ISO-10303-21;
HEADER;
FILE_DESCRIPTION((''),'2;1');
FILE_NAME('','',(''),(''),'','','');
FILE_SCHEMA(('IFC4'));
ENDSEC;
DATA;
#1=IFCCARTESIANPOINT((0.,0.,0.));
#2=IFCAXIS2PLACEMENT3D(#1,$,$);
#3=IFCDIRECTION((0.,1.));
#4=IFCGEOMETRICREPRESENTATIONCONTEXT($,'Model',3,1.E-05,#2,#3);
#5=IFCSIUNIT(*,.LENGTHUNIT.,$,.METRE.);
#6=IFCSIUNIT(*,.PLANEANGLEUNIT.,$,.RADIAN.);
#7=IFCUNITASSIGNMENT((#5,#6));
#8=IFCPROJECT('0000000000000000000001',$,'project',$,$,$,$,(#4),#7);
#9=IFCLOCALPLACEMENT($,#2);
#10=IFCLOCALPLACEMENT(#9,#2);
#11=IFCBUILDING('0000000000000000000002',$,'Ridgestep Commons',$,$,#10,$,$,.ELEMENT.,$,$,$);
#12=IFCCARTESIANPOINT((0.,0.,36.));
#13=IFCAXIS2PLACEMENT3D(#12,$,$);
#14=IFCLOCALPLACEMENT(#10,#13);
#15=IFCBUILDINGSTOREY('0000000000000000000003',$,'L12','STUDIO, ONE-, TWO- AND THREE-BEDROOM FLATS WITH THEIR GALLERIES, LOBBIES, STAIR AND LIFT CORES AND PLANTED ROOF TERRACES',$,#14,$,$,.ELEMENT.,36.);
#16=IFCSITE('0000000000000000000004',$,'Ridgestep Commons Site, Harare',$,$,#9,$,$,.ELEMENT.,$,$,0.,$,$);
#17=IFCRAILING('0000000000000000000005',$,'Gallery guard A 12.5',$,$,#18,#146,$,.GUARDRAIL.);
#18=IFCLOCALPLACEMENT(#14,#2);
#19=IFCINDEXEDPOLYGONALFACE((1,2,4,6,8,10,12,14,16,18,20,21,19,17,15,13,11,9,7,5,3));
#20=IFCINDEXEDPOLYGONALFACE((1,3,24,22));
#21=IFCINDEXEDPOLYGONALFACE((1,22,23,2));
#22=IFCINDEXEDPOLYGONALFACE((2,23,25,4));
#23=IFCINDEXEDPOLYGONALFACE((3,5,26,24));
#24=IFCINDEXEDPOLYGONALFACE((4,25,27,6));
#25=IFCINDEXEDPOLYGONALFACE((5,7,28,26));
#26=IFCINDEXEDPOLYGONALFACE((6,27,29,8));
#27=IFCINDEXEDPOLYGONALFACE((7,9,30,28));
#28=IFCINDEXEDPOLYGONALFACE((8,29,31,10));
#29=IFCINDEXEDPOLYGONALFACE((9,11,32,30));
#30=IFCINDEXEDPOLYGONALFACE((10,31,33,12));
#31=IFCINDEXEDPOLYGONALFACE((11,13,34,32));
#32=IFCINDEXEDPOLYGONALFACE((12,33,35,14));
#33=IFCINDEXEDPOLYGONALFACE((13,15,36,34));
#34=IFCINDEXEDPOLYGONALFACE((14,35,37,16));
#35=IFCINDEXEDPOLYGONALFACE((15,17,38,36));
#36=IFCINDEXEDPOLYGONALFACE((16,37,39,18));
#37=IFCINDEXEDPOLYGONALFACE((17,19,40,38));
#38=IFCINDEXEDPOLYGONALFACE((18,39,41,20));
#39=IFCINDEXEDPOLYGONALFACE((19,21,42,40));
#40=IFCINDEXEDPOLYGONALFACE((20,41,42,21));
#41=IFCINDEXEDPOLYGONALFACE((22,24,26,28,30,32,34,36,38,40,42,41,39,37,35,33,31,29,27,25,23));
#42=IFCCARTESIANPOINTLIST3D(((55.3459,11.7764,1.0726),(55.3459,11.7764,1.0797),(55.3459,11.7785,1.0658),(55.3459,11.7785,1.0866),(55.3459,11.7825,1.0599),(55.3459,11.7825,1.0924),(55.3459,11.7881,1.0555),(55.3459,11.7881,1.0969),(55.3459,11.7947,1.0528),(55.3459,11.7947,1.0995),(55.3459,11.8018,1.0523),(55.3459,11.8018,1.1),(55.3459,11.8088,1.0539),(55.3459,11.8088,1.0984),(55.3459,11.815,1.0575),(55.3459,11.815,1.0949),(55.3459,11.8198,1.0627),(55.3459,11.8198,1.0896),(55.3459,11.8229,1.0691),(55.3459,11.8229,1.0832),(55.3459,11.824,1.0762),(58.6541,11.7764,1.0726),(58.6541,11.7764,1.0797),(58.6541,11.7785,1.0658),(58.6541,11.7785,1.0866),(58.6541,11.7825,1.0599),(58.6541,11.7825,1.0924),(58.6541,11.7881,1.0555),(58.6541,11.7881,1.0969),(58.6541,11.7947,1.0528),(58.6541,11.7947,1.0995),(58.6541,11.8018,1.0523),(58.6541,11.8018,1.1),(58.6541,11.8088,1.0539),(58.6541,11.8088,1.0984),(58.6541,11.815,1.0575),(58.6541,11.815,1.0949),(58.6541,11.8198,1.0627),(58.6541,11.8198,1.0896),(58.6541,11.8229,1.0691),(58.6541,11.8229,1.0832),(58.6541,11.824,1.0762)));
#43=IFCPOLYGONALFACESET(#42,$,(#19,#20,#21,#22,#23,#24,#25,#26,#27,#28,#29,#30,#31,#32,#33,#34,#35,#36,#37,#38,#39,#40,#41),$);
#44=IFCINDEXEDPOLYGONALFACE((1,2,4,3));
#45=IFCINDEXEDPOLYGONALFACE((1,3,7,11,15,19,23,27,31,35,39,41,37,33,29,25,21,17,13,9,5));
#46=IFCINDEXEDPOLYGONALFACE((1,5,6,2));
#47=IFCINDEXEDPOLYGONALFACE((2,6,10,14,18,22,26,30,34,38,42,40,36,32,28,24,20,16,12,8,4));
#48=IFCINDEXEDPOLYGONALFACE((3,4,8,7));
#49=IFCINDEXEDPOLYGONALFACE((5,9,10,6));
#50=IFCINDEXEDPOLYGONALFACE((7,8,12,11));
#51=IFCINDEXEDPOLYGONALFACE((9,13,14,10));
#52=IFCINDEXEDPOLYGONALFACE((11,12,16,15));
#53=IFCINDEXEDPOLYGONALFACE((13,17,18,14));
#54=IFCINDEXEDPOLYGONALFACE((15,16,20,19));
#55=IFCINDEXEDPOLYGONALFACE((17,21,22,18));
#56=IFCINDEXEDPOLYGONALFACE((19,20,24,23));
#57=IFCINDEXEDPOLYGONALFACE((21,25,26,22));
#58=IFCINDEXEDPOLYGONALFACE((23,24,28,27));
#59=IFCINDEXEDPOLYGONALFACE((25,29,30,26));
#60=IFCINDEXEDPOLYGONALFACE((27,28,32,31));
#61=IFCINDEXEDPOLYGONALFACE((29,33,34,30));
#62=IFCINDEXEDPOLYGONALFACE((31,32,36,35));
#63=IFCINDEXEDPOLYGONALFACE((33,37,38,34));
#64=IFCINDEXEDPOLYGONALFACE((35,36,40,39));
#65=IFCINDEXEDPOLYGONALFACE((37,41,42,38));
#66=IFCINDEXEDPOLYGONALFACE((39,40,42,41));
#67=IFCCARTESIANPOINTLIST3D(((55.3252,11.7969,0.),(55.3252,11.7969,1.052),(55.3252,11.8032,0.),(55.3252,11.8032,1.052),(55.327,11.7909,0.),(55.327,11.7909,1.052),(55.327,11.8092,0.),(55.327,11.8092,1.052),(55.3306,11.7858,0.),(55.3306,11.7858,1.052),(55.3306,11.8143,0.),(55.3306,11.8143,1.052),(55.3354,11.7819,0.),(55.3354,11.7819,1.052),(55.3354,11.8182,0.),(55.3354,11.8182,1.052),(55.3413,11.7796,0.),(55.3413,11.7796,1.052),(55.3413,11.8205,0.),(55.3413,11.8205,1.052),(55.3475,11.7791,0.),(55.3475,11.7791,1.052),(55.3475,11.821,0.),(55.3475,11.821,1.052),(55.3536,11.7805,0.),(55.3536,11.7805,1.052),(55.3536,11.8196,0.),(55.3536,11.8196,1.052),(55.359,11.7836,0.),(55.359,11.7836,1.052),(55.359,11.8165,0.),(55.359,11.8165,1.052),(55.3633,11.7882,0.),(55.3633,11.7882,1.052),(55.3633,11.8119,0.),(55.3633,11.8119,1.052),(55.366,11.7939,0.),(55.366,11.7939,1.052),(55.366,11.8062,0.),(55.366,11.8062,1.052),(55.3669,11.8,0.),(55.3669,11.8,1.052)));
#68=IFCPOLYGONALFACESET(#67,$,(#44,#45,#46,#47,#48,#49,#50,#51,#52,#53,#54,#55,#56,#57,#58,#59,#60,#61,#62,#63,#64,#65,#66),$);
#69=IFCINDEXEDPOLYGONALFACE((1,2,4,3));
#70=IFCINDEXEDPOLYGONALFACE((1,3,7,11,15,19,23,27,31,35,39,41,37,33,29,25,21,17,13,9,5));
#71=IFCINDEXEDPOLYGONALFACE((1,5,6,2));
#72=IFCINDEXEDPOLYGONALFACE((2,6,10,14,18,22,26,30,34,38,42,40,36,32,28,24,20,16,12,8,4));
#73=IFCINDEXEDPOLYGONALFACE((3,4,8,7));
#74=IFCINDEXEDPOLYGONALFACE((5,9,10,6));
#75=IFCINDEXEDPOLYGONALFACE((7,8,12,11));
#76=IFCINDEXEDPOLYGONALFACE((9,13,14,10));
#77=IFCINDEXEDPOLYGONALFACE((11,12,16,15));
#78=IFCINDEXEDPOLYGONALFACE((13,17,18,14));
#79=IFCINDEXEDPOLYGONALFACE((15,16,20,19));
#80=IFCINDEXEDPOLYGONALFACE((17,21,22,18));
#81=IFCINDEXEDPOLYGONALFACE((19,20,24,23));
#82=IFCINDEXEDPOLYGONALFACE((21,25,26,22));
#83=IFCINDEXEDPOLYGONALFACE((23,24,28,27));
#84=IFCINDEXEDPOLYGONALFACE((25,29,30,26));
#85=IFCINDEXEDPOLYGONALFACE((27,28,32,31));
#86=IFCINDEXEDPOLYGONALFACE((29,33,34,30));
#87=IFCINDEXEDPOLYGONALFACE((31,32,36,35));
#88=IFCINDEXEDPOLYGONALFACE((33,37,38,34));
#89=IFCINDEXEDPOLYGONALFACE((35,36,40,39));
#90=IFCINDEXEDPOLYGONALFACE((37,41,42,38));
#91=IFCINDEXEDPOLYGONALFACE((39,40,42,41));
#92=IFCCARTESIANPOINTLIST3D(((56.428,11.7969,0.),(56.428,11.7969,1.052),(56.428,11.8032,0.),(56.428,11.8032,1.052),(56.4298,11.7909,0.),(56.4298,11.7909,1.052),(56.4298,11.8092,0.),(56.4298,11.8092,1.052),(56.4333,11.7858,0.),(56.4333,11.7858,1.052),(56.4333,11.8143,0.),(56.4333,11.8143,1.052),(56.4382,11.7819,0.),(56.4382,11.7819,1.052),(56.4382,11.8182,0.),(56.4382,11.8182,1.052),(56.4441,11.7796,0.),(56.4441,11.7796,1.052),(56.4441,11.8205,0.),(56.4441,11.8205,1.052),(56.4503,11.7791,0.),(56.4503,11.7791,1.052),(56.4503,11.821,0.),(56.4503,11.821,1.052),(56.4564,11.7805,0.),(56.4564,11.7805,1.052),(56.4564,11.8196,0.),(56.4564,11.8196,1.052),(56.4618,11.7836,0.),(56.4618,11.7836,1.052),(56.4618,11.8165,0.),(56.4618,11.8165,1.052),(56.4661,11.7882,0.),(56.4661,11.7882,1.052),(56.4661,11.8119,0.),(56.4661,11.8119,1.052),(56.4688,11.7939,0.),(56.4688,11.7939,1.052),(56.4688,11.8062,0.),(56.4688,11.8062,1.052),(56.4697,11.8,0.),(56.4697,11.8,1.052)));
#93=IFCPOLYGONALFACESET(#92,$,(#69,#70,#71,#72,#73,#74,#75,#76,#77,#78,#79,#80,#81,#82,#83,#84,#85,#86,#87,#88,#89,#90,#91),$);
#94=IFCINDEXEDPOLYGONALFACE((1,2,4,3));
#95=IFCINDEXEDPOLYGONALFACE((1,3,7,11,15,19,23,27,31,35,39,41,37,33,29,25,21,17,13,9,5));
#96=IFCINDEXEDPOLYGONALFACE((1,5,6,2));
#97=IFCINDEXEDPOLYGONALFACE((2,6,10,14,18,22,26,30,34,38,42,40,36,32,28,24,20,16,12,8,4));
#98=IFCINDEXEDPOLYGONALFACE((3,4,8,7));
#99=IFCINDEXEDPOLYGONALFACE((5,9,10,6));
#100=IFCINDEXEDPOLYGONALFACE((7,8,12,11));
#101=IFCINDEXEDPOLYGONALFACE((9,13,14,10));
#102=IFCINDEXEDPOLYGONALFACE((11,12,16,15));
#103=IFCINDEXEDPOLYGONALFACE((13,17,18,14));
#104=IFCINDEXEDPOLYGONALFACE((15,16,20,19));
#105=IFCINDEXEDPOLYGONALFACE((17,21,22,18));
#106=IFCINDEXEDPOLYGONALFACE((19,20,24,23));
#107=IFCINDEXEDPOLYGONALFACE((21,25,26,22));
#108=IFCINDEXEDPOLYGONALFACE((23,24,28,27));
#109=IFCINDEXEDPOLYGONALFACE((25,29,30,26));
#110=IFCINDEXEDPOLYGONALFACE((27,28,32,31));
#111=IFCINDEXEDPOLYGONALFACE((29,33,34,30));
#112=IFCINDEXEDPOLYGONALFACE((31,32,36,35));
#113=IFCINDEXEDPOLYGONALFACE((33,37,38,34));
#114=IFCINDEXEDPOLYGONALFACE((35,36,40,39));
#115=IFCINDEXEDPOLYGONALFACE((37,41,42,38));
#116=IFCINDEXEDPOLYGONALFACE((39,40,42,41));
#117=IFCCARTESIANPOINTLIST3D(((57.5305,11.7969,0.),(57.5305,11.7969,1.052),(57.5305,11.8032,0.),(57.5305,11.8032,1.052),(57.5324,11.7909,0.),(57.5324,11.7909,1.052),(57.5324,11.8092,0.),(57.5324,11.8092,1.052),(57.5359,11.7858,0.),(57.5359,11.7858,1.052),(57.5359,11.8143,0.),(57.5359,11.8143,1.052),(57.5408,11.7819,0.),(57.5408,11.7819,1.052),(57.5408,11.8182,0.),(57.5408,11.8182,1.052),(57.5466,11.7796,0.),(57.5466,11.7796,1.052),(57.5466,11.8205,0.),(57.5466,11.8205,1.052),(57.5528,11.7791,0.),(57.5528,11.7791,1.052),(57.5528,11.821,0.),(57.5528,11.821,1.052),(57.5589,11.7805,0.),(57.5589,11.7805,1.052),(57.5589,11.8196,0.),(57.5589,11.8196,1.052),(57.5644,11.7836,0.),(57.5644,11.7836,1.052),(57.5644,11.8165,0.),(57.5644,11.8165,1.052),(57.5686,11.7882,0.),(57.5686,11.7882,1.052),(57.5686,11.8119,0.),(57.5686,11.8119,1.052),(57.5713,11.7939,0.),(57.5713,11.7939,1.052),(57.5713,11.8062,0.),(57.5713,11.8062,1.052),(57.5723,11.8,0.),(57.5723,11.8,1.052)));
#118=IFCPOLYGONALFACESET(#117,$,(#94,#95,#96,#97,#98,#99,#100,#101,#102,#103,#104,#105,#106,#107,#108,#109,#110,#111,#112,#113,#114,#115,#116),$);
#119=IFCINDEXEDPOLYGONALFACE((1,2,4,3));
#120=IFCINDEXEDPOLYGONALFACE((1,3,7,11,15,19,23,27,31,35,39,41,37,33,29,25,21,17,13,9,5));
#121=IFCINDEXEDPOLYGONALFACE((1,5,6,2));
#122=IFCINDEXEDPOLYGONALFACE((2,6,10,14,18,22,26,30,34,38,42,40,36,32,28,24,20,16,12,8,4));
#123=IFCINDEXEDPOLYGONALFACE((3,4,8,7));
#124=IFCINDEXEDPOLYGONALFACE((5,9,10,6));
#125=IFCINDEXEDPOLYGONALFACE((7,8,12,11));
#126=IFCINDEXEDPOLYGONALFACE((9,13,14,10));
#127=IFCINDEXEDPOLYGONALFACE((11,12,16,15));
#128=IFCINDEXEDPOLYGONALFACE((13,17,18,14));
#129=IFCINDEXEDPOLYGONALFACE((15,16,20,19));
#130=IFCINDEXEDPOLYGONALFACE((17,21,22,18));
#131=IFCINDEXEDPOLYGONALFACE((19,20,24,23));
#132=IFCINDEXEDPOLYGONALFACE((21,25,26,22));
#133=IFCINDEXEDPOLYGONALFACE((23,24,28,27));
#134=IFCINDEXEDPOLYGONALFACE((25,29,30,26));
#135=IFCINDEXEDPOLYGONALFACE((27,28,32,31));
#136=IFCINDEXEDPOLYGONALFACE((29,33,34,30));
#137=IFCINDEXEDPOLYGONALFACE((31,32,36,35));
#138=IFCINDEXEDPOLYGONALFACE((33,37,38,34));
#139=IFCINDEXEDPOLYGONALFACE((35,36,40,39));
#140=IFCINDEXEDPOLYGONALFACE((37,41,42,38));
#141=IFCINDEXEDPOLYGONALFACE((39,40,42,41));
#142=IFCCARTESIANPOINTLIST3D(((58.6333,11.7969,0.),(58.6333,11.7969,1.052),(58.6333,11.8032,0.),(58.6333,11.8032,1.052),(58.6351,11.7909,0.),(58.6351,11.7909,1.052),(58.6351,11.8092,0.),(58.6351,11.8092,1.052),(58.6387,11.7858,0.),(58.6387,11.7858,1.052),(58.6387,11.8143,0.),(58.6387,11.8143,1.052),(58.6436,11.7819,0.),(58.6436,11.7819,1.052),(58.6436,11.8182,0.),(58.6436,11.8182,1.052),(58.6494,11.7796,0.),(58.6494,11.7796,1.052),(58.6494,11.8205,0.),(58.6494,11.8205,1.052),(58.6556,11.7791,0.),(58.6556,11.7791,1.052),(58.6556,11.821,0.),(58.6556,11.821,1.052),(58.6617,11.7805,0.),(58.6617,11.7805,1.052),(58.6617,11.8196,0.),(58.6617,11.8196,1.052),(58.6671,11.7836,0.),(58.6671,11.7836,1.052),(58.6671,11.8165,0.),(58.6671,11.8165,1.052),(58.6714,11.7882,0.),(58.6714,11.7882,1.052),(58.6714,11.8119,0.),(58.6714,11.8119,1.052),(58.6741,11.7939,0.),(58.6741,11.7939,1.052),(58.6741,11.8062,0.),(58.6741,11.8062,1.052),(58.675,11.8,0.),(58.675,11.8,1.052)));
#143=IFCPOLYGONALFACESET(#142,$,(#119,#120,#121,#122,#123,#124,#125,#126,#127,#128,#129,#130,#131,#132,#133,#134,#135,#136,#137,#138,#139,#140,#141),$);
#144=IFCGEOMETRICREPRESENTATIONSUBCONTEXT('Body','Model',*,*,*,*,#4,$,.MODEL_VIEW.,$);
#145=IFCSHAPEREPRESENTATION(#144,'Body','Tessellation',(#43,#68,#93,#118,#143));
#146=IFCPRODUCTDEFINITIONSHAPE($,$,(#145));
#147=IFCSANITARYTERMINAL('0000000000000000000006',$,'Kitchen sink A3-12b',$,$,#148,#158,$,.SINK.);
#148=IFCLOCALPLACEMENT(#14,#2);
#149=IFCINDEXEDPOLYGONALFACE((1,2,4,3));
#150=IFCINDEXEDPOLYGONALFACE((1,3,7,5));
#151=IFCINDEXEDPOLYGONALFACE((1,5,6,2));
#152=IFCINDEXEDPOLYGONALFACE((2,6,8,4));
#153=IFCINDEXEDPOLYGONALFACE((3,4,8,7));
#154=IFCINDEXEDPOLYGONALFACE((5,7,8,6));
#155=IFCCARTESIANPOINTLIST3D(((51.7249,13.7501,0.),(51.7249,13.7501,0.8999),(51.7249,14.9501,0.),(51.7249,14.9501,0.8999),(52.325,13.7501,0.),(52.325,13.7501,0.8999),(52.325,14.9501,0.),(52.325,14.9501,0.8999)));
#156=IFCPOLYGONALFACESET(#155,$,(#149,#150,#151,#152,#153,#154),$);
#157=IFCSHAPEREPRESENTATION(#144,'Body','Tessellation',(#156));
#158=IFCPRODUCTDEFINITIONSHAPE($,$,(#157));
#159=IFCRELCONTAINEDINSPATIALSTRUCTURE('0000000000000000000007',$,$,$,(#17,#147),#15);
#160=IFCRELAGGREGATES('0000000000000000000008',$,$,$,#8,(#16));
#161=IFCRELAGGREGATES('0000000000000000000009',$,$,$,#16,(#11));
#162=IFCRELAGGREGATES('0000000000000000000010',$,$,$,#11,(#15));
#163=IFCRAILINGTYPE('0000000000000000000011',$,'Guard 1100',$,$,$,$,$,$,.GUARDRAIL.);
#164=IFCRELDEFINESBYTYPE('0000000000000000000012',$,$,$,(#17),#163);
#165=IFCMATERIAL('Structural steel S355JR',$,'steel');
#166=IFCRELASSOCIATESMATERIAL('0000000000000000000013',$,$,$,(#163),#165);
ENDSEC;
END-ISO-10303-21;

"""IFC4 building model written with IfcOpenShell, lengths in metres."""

from ifc_helpers import new_model, si_unit, direction, frame, origin, origin_2d, place, context, subcontext, project, spatial, rectangle, circle, extrude, material, type_object, element, save


model = new_model("IFC4")

# Units and contexts
model_context = context("Model", 3, precision=1e-05, world=origin(), true_north=direction((0.0, 1.0)))
body_context = subcontext(model_context, "Body", "Model", "MODEL_VIEW")
ifc_project = project(units=[si_unit("LENGTHUNIT", "METRE"), si_unit("PLANEANGLEUNIT", "RADIAN")], contexts=[model_context])

# Site, building, storey
site_placement = place(None, origin())
site = spatial("IfcSite", under=ifc_project, at=site_placement, Name="Ridgestep Commons Site, Harare", CompositionType="ELEMENT", RefElevation=0.0)
building_placement = place(site_placement, origin())
building = spatial("IfcBuilding", under=site, at=building_placement, Name="Ridgestep Commons", CompositionType="ELEMENT")
storey_placement = place(building_placement, frame((0.0, 0.0, 36.0)))
storey = spatial("IfcBuildingStorey", under=building, at=storey_placement, Name="L12", Description="STUDIO, ONE-, TWO- AND THREE-BEDROOM FLATS WITH THEIR GALLERIES, LOBBIES, STAIR AND LIFT CORES AND PLANTED ROOF TERRACES", CompositionType="ELEMENT", Elevation=36.0)

# Railing
ifc_material_1 = material(Name="Structural steel S355JR", Category="steel")
railing_type = type_object("IfcRailingType", Name="Guard 1100", PredefinedType="GUARDRAIL", material=ifc_material_1)
railing_1_placement = place(storey_placement, frame((55.3459, 11.8, 0.0)))
element("IfcRailing", 1, at=railing_1_placement, inside=storey, type_object=railing_type, Name="Gallery guard A 12.5", PredefinedType="GUARDRAIL", context=body_context, shape_type="SweptSolid", body=[
    extrude(circle(Radius=0.0239, at=origin_2d()), frame((0.0, 0.0, 1.0762), z_axis=(1.0, 0.0, 0.0), x_axis=(0.0, 1.0, 0.0)), (0.0, 0.0, 1.0), 3.3081),
    extrude(circle(Radius=0.021, at=origin_2d()), origin(), (0.0, 0.0, 1.0), 1.052),
    extrude(circle(Radius=0.021, at=origin_2d()), frame((1.1028, 0.0, 0.0)), (0.0, 0.0, 1.0), 1.052),
    extrude(circle(Radius=0.021, at=origin_2d()), frame((2.2053, 0.0, 0.0)), (0.0, 0.0, 1.0), 1.052),
    extrude(circle(Radius=0.021, at=origin_2d()), frame((3.3081, 0.0, 0.0)), (0.0, 0.0, 1.0), 1.052),
])

# Sanitary terminal
sanitary_terminal_placement = place(storey_placement, frame((52.0249, 14.3501, 0.0), z_axis=(0.0, 0.0, 1.0), x_axis=(1.0, 0.0, 0.0)))
element("IfcSanitaryTerminal", 2, at=sanitary_terminal_placement, inside=storey, Name="Kitchen sink A3-12b", PredefinedType="SINK", context=body_context, shape_type="SweptSolid", body=[
    extrude(rectangle(XDim=0.6001, YDim=1.2, at=origin_2d()), origin(), (0.0, 0.0, 1.0), 0.8999),
])

save(model, "model.ifc")
